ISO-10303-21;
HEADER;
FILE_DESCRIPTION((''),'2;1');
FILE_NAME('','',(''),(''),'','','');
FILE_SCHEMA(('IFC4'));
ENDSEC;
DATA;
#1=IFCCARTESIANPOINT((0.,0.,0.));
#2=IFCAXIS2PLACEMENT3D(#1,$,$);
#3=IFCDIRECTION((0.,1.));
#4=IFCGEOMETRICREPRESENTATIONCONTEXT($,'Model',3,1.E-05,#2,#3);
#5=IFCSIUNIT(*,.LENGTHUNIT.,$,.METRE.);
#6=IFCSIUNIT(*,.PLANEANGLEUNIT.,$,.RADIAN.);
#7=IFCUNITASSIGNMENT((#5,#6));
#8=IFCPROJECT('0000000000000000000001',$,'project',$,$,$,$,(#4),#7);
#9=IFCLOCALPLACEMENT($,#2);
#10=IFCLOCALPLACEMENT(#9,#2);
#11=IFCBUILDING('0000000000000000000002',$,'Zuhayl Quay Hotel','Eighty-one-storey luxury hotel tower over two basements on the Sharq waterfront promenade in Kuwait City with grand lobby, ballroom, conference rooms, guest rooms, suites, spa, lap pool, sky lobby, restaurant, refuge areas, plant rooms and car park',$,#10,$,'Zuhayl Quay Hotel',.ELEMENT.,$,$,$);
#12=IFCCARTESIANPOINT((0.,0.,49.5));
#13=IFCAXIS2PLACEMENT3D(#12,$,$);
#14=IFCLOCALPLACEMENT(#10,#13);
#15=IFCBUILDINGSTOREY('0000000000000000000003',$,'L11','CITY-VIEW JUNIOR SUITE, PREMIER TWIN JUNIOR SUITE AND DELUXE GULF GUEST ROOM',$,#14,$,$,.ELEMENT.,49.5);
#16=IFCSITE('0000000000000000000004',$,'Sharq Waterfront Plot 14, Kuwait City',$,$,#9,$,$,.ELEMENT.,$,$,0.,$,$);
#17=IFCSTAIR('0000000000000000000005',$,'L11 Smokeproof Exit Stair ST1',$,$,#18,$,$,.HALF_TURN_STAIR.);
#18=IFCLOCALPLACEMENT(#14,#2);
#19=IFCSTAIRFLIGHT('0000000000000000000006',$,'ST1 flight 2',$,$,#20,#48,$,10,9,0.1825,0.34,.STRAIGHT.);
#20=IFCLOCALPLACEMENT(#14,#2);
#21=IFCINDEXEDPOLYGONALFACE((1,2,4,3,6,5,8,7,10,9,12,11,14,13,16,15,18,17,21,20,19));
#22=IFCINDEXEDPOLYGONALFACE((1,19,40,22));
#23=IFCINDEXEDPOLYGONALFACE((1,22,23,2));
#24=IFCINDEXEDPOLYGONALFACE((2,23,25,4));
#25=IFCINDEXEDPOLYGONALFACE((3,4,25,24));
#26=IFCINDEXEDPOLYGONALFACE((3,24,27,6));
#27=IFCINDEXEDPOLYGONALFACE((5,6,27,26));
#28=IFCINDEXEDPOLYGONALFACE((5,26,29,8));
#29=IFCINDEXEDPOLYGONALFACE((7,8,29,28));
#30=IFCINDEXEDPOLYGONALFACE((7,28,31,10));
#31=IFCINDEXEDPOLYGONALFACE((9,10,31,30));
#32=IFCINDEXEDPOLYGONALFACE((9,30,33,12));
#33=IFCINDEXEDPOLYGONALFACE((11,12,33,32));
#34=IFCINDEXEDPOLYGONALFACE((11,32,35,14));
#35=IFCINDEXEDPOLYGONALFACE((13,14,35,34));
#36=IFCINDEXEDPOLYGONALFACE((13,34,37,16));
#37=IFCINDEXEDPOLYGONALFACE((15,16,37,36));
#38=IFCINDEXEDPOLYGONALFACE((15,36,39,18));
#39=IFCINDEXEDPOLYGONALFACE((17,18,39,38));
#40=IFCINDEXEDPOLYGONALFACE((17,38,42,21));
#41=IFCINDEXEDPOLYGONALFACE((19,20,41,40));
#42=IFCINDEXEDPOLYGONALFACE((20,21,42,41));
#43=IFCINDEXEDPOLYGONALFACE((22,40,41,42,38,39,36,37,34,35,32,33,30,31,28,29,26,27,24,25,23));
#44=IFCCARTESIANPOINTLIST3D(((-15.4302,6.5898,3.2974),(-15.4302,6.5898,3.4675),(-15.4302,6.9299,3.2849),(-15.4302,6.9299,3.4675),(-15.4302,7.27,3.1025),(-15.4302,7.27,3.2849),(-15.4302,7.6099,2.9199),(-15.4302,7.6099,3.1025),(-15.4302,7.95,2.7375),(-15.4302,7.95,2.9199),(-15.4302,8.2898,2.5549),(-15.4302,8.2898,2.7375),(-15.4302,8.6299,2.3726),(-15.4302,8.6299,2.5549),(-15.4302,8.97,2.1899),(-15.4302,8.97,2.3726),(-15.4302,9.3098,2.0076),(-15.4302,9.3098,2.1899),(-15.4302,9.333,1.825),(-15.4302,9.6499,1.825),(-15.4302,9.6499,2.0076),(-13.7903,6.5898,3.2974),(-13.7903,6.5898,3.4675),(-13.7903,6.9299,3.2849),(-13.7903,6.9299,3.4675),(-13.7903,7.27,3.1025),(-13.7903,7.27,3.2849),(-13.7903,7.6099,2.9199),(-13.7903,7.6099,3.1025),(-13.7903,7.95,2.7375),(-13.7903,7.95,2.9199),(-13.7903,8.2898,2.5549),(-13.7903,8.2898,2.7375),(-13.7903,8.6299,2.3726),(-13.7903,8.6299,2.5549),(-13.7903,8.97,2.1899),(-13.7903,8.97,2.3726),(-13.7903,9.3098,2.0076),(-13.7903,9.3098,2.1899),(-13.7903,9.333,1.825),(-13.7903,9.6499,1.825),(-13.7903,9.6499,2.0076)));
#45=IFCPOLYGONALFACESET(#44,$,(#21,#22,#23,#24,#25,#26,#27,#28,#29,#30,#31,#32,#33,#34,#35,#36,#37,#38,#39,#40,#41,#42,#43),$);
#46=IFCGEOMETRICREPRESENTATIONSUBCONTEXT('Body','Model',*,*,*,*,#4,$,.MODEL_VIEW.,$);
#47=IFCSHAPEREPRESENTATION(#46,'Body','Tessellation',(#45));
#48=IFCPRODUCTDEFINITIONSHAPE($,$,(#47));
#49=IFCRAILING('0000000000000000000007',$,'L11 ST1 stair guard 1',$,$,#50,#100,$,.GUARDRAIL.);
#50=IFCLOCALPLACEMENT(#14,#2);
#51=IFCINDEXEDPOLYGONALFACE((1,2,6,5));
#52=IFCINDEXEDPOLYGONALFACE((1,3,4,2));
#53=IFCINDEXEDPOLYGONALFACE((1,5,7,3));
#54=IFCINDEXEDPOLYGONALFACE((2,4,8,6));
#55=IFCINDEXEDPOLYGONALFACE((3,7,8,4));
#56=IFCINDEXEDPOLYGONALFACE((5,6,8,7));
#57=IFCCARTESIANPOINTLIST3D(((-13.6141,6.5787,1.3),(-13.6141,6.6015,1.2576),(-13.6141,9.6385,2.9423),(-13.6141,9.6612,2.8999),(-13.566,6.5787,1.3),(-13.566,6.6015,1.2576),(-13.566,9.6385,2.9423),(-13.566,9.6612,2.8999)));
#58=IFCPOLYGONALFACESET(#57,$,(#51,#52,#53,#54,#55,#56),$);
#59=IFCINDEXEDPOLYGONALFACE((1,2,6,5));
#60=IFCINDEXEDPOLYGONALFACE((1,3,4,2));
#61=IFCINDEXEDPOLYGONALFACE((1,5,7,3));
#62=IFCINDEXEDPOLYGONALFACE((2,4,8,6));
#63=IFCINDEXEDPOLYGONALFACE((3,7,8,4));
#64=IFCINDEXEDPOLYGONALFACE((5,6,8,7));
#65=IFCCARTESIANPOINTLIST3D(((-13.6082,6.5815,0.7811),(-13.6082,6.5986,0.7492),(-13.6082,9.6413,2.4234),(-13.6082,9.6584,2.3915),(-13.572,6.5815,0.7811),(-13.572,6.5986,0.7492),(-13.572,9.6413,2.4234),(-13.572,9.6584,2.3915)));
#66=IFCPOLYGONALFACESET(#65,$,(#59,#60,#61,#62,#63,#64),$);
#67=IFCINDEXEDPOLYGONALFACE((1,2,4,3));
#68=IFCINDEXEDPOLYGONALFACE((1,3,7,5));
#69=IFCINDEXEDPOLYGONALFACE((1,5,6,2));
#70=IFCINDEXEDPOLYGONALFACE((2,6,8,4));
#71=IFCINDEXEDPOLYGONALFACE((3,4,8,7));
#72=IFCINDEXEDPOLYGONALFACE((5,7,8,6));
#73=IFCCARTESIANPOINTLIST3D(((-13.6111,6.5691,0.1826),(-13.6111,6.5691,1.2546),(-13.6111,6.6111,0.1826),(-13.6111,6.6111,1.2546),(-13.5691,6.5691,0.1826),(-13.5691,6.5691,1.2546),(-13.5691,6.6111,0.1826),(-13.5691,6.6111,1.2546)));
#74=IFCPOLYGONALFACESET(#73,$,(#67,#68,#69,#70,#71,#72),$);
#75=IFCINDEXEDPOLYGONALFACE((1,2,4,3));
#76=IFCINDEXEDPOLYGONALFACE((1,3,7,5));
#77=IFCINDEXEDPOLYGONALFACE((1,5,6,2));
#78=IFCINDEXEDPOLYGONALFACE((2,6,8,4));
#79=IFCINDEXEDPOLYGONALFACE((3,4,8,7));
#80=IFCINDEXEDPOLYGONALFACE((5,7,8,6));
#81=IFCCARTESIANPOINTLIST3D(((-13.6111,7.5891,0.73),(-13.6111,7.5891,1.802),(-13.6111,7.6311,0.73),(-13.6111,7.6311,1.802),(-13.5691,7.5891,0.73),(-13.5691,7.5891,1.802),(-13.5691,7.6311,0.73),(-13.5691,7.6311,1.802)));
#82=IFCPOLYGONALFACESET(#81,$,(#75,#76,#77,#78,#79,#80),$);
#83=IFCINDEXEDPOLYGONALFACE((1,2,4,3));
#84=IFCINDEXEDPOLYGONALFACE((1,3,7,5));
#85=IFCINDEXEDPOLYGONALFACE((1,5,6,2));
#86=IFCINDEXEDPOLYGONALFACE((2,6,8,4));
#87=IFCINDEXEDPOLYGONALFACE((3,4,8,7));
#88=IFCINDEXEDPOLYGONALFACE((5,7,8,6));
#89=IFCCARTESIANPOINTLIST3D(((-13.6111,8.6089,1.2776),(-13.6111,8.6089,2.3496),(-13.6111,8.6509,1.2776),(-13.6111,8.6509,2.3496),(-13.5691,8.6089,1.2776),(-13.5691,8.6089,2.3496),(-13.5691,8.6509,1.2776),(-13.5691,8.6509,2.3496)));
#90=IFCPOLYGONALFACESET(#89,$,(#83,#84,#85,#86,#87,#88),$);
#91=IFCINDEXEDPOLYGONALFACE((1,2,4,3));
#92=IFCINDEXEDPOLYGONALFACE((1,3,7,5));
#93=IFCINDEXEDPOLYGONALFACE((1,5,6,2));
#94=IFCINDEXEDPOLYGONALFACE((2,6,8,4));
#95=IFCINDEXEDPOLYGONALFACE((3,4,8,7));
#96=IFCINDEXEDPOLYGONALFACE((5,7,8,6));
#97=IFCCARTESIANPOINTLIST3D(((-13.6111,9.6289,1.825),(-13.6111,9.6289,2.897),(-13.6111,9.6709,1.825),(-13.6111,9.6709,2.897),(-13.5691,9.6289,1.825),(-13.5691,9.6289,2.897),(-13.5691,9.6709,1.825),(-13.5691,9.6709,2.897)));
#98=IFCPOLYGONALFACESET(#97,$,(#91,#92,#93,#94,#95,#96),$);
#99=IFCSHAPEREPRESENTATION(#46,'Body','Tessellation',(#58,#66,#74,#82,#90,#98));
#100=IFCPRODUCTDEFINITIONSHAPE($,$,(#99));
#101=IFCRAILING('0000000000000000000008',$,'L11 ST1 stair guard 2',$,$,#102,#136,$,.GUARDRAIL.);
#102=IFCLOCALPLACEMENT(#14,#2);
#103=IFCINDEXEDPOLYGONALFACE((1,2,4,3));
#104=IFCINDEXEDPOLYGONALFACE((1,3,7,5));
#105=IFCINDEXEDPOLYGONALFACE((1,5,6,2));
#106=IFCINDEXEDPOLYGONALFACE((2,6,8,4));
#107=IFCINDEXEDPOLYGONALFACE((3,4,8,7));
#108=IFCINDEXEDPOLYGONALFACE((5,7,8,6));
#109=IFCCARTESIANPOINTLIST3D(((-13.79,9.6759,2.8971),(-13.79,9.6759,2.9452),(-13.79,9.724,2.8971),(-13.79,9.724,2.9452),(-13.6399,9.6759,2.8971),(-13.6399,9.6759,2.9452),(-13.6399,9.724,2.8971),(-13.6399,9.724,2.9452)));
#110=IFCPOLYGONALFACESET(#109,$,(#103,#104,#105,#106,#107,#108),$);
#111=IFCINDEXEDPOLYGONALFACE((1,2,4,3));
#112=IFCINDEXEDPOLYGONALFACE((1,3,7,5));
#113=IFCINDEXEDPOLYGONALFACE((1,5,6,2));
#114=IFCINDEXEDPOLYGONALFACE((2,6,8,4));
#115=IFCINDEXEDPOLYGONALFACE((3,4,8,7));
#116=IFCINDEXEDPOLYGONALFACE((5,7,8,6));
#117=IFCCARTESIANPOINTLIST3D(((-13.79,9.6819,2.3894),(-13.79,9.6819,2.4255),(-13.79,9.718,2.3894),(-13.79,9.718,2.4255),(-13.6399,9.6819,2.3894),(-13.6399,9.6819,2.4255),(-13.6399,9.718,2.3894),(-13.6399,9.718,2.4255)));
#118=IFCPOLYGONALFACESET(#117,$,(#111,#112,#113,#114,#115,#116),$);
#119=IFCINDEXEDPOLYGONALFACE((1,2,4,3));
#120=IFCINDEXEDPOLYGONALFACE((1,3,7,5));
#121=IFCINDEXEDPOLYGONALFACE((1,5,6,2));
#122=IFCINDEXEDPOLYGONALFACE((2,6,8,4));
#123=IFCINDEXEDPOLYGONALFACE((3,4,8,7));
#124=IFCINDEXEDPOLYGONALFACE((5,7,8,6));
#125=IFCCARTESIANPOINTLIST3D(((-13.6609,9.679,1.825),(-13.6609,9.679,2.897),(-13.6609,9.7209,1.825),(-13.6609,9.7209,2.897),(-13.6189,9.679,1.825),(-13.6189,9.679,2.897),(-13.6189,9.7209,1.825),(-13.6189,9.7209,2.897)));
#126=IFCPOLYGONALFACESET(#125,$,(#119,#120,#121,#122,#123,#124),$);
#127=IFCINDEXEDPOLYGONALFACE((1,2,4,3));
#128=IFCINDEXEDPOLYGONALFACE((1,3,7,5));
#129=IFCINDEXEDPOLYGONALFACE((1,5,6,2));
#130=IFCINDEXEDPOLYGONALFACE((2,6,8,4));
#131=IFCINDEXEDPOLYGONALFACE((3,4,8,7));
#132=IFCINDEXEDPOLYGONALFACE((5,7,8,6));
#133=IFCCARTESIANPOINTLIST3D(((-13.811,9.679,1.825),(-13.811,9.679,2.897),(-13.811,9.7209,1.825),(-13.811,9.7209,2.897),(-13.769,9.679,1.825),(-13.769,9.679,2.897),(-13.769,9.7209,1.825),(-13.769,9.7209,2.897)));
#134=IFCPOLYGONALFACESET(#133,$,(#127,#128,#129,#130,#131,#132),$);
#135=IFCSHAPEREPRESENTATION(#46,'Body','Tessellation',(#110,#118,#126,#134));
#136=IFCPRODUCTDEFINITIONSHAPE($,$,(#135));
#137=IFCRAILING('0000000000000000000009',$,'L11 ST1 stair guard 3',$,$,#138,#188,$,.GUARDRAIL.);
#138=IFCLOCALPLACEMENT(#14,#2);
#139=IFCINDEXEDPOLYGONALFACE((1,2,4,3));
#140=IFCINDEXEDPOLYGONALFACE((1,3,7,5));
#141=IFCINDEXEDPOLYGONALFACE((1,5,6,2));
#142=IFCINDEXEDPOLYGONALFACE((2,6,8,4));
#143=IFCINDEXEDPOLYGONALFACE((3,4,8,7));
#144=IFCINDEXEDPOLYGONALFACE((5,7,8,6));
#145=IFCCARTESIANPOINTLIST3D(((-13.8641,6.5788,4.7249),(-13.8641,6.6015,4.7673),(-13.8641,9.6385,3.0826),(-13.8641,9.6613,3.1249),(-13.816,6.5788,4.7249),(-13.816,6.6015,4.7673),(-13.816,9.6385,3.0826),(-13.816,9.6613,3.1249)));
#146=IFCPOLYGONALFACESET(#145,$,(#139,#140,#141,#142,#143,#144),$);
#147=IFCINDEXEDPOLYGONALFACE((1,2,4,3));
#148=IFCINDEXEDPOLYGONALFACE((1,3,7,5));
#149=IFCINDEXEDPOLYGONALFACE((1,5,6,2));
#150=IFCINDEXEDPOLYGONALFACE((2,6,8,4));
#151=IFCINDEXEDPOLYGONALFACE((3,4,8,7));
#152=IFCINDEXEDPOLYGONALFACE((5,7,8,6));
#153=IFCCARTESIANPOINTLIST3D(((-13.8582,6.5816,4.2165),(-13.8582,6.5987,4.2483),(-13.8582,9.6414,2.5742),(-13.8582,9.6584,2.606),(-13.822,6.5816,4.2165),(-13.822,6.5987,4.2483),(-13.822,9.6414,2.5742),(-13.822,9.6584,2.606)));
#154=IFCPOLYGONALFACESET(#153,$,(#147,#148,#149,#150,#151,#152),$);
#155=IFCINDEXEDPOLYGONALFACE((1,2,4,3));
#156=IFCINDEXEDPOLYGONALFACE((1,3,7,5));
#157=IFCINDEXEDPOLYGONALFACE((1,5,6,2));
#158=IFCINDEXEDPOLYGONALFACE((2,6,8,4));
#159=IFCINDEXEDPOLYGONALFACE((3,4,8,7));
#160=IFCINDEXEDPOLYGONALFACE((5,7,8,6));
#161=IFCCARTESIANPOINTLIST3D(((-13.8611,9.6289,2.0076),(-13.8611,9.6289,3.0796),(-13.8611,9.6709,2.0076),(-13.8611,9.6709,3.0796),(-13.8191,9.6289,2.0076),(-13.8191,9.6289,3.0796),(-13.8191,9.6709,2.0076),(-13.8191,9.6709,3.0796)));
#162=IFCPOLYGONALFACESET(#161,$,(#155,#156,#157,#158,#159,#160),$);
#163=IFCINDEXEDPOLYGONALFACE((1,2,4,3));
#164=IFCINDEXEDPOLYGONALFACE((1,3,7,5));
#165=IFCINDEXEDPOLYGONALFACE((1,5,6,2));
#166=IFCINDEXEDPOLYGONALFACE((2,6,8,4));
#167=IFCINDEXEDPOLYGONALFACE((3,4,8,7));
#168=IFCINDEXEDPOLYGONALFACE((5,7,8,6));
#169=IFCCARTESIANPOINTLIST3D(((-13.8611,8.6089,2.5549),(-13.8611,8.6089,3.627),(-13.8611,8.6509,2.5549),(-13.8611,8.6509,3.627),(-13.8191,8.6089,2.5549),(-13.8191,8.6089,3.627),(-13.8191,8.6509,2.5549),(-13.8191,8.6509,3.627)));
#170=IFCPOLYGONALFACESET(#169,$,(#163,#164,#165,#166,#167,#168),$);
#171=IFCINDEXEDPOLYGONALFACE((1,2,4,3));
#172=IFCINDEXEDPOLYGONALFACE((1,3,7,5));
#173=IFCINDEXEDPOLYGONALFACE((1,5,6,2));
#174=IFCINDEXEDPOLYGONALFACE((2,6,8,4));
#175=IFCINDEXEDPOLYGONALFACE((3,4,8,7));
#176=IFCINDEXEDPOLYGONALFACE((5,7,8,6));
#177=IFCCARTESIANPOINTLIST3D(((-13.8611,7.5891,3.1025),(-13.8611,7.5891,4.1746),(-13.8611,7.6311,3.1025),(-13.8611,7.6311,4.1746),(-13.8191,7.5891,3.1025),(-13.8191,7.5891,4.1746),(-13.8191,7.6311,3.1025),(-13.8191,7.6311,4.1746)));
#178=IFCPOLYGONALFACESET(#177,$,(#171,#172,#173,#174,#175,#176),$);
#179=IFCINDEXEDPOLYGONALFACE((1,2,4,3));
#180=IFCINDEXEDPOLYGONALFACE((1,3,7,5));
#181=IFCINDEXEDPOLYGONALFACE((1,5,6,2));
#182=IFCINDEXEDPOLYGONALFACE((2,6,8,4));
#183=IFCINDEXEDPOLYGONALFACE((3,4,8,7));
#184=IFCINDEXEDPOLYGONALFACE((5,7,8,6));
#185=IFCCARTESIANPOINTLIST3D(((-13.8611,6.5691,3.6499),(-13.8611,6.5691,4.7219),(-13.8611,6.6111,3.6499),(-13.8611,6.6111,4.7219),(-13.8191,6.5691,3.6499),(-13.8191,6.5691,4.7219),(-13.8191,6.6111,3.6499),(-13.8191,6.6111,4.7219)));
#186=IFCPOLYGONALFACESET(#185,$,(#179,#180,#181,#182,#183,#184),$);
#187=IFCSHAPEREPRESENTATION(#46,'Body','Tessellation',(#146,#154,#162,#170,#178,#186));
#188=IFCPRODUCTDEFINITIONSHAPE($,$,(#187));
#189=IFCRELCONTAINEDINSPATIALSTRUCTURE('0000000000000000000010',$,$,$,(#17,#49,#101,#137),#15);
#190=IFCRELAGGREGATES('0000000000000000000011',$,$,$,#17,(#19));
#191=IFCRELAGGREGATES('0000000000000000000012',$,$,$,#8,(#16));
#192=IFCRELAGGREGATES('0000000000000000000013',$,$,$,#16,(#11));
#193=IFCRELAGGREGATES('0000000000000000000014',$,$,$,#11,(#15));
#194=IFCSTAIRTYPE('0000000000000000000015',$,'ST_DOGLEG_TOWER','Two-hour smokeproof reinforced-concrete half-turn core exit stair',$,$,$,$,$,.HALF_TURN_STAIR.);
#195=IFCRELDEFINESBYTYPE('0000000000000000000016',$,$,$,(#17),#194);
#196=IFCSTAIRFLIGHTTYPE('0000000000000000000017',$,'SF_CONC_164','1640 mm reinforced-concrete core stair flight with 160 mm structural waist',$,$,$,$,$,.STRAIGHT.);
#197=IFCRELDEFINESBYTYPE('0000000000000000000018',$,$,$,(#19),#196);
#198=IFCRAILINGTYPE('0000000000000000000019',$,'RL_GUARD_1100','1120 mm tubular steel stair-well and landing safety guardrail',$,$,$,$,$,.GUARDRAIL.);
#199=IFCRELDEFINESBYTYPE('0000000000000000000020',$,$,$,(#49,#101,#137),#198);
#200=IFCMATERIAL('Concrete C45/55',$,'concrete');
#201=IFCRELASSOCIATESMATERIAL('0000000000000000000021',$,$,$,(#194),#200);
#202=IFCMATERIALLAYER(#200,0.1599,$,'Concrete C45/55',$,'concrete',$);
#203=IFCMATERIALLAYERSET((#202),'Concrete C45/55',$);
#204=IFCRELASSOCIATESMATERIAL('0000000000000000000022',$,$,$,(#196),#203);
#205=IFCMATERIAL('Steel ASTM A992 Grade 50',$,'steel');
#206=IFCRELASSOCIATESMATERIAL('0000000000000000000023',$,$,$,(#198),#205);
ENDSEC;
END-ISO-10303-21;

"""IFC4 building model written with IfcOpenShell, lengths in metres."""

from ifc_helpers import new_model, si_unit, direction, frame, origin, origin_2d, place, context, subcontext, project, spatial, polyline, rectangle, outline, extrude, material, layer, layer_set, type_object, element, aggregate, save


model = new_model("IFC4")

# Units and contexts
model_context = context("Model", 3, precision=1e-05, world=origin(), true_north=direction((0.0, 1.0)))
body_context = subcontext(model_context, "Body", "Model", "MODEL_VIEW")
ifc_project = project(units=[si_unit("LENGTHUNIT", "METRE"), si_unit("PLANEANGLEUNIT", "RADIAN")], contexts=[model_context])

# Site, building, storey
site_placement = place(None, origin())
site = spatial("IfcSite", under=ifc_project, at=site_placement, Name="Sharq Waterfront Plot 14, Kuwait City", CompositionType="ELEMENT", RefElevation=0.0)
building_placement = place(site_placement, origin())
building = spatial("IfcBuilding", under=site, at=building_placement, Name="Zuhayl Quay Hotel", Description="Eighty-one-storey luxury hotel tower over two basements on the Sharq waterfront promenade in Kuwait City with grand lobby, ballroom, conference rooms, guest rooms, suites, spa, lap pool, sky lobby, restaurant, refuge areas, plant rooms and car park", LongName="Zuhayl Quay Hotel", CompositionType="ELEMENT")
storey_placement = place(building_placement, frame((0.0, 0.0, 49.5)))
storey = spatial("IfcBuildingStorey", under=building, at=storey_placement, Name="L11", Description="CITY-VIEW JUNIOR SUITE, PREMIER TWIN JUNIOR SUITE AND DELUXE GULF GUEST ROOM", CompositionType="ELEMENT", Elevation=49.5)

# Shared definitions
ifc_material_1 = material(Name="Steel ASTM A992 Grade 50", Category="steel")

# Stair, stair flight
ifc_material_2 = material(Name="Concrete C45/55", Category="concrete")
stair_type = type_object("IfcStairType", Name="ST_DOGLEG_TOWER", Description="Two-hour smokeproof reinforced-concrete half-turn core exit stair", PredefinedType="HALF_TURN_STAIR", material=ifc_material_2)
stair_placement = place(storey_placement, origin())
stair = element("IfcStair", 1, at=stair_placement, inside=storey, type_object=stair_type, Name="L11 Smokeproof Exit Stair ST1", PredefinedType="HALF_TURN_STAIR")
ifc_layer_1 = layer(ifc_material_2, 0.1599, Name="Concrete C45/55", Category="concrete")
ifc_layer_set_1 = layer_set([ifc_layer_1], Name="Concrete C45/55")
stair_flight_type = type_object("IfcStairFlightType", Name="SF_CONC_164", Description="1640 mm reinforced-concrete core stair flight with 160 mm structural waist", PredefinedType="STRAIGHT", material=ifc_layer_set_1)
stair_flight_1_placement = place(storey_placement, frame((-14.6101, 9.6499, 1.825), z_axis=(0.0, 0.0, 1.0), x_axis=(0.0, -1.0, 0.0)))
stair_flight_1 = element("IfcStairFlight", 2, at=stair_flight_1_placement, type_object=stair_flight_type, Name="ST1 flight 2", NumberOfRisers=10, NumberOfTreads=9, PredefinedType="STRAIGHT", RiserHeight=0.1825, TreadLength=0.34, context=body_context, shape_type="SweptSolid", body=[
    extrude(outline(polyline([(0.0, 0.0), (0.0, 0.1826), (0.3401, 0.1826), (0.3401, 0.365), (0.6799, 0.365), (0.6799, 0.5476), (1.02, 0.5476), (1.02, 0.73), (1.3601, 0.73), (1.3601, 0.9126), (1.7, 0.9126), (1.7, 1.095), (2.04, 1.095), (2.04, 1.2776), (2.3799, 1.2776), (2.3799, 1.46), (2.72, 1.46), (2.72, 1.6426), (3.0601, 1.6426), (3.0601, 1.825), (3.0601, 1.4724), (0.3169, 0.0), (0.0, 0.0)])), frame((0.0, 0.8198, 0.0), z_axis=(0.0, -1.0, 0.0), x_axis=(1.0, 0.0, 0.0)), (0.0, 0.0, 1.0), 1.6399),
])
aggregate(stair, [stair_flight_1])

# Railings
railing_type_1 = type_object("IfcRailingType", Name="RL_GUARD_1100", Description="1120 mm tubular steel stair-well and landing safety guardrail", PredefinedType="GUARDRAIL", material=ifc_material_1)
railing_1_placement = place(storey_placement, frame((-13.5901, 6.5901, 0.1826)))
element("IfcRailing", 3, at=railing_1_placement, inside=storey, type_object=railing_type_1, Name="L11 ST1 stair guard 1", PredefinedType="GUARDRAIL", context=body_context, shape_type="SweptSolid", body=[
    extrude(rectangle(XDim=0.0481, YDim=0.0481, at=origin_2d()), frame((0.0, 0.0, 1.0962), z_axis=(0.0, 0.881102, 0.472926), x_axis=(-1.0, 0.0, 0.0)), (0.0, 0.0, 1.0), 3.4727),
    extrude(rectangle(XDim=0.0361, YDim=0.0361, at=origin_2d()), frame((0.0, 0.0, 0.5825), z_axis=(0.0, 0.881102, 0.472926), x_axis=(-1.0, 0.0, 0.0)), (0.0, 0.0, 1.0), 3.4727),
    extrude(rectangle(XDim=0.042, YDim=0.042, at=origin_2d()), origin(), (0.0, 0.0, 1.0), 1.072),
    extrude(rectangle(XDim=0.042, YDim=0.042, at=origin_2d()), frame((0.0, 1.02, 0.5474)), (0.0, 0.0, 1.0), 1.072),
    extrude(rectangle(XDim=0.042, YDim=0.042, at=origin_2d()), frame((0.0, 2.0398, 1.095)), (0.0, 0.0, 1.0), 1.072),
    extrude(rectangle(XDim=0.042, YDim=0.042, at=origin_2d()), frame((0.0, 3.0598, 1.6423)), (0.0, 0.0, 1.0), 1.072),
])
railing_2_placement = place(storey_placement, frame((-13.6399, 9.7, 1.825)))
element("IfcRailing", 4, at=railing_2_placement, inside=storey, type_object=railing_type_1, Name="L11 ST1 stair guard 2", PredefinedType="GUARDRAIL", context=body_context, shape_type="SweptSolid", body=[
    extrude(rectangle(XDim=0.0481, YDim=0.0481, at=origin_2d()), frame((0.0, 0.0, 1.0962), z_axis=(-1.0, 0.0, 0.0), x_axis=(0.0, -1.0, 0.0)), (0.0, 0.0, 1.0), 0.1501),
    extrude(rectangle(XDim=0.0361, YDim=0.0361, at=origin_2d()), frame((0.0, 0.0, 0.5825), z_axis=(-1.0, 0.0, 0.0), x_axis=(0.0, -1.0, 0.0)), (0.0, 0.0, 1.0), 0.1501),
    extrude(rectangle(XDim=0.042, YDim=0.042, at=origin_2d()), origin(), (0.0, 0.0, 1.0), 1.072),
    extrude(rectangle(XDim=0.042, YDim=0.042, at=origin_2d()), frame((-0.1501, 0.0, 0.0)), (0.0, 0.0, 1.0), 1.072),
])
railing_3_placement = place(storey_placement, frame((-13.8401, 9.6499, 2.0076)))
element("IfcRailing", 5, at=railing_3_placement, inside=storey, type_object=railing_type_1, Name="L11 ST1 stair guard 3", PredefinedType="GUARDRAIL", context=body_context, shape_type="SweptSolid", body=[
    extrude(rectangle(XDim=0.0481, YDim=0.0481, at=origin_2d()), frame((0.0, 0.0, 1.0962), z_axis=(0.0, -0.881102, 0.472926), x_axis=(1.0, 0.0, 0.0)), (0.0, 0.0, 1.0), 3.4727),
    extrude(rectangle(XDim=0.0361, YDim=0.0361, at=origin_2d()), frame((0.0, 0.0, 0.5825), z_axis=(0.0, -0.881102, 0.472926), x_axis=(1.0, 0.0, 0.0)), (0.0, 0.0, 1.0), 3.4727),
    extrude(rectangle(XDim=0.042, YDim=0.042, at=origin_2d()), origin(), (0.0, 0.0, 1.0), 1.072),
    extrude(rectangle(XDim=0.042, YDim=0.042, at=origin_2d()), frame((0.0, -1.02, 0.5474)), (0.0, 0.0, 1.0), 1.072),
    extrude(rectangle(XDim=0.042, YDim=0.042, at=origin_2d()), frame((0.0, -2.0398, 1.095)), (0.0, 0.0, 1.0), 1.072),
    extrude(rectangle(XDim=0.042, YDim=0.042, at=origin_2d()), frame((0.0, -3.0598, 1.6423)), (0.0, 0.0, 1.0), 1.072),
])

save(model, "model.ifc")
